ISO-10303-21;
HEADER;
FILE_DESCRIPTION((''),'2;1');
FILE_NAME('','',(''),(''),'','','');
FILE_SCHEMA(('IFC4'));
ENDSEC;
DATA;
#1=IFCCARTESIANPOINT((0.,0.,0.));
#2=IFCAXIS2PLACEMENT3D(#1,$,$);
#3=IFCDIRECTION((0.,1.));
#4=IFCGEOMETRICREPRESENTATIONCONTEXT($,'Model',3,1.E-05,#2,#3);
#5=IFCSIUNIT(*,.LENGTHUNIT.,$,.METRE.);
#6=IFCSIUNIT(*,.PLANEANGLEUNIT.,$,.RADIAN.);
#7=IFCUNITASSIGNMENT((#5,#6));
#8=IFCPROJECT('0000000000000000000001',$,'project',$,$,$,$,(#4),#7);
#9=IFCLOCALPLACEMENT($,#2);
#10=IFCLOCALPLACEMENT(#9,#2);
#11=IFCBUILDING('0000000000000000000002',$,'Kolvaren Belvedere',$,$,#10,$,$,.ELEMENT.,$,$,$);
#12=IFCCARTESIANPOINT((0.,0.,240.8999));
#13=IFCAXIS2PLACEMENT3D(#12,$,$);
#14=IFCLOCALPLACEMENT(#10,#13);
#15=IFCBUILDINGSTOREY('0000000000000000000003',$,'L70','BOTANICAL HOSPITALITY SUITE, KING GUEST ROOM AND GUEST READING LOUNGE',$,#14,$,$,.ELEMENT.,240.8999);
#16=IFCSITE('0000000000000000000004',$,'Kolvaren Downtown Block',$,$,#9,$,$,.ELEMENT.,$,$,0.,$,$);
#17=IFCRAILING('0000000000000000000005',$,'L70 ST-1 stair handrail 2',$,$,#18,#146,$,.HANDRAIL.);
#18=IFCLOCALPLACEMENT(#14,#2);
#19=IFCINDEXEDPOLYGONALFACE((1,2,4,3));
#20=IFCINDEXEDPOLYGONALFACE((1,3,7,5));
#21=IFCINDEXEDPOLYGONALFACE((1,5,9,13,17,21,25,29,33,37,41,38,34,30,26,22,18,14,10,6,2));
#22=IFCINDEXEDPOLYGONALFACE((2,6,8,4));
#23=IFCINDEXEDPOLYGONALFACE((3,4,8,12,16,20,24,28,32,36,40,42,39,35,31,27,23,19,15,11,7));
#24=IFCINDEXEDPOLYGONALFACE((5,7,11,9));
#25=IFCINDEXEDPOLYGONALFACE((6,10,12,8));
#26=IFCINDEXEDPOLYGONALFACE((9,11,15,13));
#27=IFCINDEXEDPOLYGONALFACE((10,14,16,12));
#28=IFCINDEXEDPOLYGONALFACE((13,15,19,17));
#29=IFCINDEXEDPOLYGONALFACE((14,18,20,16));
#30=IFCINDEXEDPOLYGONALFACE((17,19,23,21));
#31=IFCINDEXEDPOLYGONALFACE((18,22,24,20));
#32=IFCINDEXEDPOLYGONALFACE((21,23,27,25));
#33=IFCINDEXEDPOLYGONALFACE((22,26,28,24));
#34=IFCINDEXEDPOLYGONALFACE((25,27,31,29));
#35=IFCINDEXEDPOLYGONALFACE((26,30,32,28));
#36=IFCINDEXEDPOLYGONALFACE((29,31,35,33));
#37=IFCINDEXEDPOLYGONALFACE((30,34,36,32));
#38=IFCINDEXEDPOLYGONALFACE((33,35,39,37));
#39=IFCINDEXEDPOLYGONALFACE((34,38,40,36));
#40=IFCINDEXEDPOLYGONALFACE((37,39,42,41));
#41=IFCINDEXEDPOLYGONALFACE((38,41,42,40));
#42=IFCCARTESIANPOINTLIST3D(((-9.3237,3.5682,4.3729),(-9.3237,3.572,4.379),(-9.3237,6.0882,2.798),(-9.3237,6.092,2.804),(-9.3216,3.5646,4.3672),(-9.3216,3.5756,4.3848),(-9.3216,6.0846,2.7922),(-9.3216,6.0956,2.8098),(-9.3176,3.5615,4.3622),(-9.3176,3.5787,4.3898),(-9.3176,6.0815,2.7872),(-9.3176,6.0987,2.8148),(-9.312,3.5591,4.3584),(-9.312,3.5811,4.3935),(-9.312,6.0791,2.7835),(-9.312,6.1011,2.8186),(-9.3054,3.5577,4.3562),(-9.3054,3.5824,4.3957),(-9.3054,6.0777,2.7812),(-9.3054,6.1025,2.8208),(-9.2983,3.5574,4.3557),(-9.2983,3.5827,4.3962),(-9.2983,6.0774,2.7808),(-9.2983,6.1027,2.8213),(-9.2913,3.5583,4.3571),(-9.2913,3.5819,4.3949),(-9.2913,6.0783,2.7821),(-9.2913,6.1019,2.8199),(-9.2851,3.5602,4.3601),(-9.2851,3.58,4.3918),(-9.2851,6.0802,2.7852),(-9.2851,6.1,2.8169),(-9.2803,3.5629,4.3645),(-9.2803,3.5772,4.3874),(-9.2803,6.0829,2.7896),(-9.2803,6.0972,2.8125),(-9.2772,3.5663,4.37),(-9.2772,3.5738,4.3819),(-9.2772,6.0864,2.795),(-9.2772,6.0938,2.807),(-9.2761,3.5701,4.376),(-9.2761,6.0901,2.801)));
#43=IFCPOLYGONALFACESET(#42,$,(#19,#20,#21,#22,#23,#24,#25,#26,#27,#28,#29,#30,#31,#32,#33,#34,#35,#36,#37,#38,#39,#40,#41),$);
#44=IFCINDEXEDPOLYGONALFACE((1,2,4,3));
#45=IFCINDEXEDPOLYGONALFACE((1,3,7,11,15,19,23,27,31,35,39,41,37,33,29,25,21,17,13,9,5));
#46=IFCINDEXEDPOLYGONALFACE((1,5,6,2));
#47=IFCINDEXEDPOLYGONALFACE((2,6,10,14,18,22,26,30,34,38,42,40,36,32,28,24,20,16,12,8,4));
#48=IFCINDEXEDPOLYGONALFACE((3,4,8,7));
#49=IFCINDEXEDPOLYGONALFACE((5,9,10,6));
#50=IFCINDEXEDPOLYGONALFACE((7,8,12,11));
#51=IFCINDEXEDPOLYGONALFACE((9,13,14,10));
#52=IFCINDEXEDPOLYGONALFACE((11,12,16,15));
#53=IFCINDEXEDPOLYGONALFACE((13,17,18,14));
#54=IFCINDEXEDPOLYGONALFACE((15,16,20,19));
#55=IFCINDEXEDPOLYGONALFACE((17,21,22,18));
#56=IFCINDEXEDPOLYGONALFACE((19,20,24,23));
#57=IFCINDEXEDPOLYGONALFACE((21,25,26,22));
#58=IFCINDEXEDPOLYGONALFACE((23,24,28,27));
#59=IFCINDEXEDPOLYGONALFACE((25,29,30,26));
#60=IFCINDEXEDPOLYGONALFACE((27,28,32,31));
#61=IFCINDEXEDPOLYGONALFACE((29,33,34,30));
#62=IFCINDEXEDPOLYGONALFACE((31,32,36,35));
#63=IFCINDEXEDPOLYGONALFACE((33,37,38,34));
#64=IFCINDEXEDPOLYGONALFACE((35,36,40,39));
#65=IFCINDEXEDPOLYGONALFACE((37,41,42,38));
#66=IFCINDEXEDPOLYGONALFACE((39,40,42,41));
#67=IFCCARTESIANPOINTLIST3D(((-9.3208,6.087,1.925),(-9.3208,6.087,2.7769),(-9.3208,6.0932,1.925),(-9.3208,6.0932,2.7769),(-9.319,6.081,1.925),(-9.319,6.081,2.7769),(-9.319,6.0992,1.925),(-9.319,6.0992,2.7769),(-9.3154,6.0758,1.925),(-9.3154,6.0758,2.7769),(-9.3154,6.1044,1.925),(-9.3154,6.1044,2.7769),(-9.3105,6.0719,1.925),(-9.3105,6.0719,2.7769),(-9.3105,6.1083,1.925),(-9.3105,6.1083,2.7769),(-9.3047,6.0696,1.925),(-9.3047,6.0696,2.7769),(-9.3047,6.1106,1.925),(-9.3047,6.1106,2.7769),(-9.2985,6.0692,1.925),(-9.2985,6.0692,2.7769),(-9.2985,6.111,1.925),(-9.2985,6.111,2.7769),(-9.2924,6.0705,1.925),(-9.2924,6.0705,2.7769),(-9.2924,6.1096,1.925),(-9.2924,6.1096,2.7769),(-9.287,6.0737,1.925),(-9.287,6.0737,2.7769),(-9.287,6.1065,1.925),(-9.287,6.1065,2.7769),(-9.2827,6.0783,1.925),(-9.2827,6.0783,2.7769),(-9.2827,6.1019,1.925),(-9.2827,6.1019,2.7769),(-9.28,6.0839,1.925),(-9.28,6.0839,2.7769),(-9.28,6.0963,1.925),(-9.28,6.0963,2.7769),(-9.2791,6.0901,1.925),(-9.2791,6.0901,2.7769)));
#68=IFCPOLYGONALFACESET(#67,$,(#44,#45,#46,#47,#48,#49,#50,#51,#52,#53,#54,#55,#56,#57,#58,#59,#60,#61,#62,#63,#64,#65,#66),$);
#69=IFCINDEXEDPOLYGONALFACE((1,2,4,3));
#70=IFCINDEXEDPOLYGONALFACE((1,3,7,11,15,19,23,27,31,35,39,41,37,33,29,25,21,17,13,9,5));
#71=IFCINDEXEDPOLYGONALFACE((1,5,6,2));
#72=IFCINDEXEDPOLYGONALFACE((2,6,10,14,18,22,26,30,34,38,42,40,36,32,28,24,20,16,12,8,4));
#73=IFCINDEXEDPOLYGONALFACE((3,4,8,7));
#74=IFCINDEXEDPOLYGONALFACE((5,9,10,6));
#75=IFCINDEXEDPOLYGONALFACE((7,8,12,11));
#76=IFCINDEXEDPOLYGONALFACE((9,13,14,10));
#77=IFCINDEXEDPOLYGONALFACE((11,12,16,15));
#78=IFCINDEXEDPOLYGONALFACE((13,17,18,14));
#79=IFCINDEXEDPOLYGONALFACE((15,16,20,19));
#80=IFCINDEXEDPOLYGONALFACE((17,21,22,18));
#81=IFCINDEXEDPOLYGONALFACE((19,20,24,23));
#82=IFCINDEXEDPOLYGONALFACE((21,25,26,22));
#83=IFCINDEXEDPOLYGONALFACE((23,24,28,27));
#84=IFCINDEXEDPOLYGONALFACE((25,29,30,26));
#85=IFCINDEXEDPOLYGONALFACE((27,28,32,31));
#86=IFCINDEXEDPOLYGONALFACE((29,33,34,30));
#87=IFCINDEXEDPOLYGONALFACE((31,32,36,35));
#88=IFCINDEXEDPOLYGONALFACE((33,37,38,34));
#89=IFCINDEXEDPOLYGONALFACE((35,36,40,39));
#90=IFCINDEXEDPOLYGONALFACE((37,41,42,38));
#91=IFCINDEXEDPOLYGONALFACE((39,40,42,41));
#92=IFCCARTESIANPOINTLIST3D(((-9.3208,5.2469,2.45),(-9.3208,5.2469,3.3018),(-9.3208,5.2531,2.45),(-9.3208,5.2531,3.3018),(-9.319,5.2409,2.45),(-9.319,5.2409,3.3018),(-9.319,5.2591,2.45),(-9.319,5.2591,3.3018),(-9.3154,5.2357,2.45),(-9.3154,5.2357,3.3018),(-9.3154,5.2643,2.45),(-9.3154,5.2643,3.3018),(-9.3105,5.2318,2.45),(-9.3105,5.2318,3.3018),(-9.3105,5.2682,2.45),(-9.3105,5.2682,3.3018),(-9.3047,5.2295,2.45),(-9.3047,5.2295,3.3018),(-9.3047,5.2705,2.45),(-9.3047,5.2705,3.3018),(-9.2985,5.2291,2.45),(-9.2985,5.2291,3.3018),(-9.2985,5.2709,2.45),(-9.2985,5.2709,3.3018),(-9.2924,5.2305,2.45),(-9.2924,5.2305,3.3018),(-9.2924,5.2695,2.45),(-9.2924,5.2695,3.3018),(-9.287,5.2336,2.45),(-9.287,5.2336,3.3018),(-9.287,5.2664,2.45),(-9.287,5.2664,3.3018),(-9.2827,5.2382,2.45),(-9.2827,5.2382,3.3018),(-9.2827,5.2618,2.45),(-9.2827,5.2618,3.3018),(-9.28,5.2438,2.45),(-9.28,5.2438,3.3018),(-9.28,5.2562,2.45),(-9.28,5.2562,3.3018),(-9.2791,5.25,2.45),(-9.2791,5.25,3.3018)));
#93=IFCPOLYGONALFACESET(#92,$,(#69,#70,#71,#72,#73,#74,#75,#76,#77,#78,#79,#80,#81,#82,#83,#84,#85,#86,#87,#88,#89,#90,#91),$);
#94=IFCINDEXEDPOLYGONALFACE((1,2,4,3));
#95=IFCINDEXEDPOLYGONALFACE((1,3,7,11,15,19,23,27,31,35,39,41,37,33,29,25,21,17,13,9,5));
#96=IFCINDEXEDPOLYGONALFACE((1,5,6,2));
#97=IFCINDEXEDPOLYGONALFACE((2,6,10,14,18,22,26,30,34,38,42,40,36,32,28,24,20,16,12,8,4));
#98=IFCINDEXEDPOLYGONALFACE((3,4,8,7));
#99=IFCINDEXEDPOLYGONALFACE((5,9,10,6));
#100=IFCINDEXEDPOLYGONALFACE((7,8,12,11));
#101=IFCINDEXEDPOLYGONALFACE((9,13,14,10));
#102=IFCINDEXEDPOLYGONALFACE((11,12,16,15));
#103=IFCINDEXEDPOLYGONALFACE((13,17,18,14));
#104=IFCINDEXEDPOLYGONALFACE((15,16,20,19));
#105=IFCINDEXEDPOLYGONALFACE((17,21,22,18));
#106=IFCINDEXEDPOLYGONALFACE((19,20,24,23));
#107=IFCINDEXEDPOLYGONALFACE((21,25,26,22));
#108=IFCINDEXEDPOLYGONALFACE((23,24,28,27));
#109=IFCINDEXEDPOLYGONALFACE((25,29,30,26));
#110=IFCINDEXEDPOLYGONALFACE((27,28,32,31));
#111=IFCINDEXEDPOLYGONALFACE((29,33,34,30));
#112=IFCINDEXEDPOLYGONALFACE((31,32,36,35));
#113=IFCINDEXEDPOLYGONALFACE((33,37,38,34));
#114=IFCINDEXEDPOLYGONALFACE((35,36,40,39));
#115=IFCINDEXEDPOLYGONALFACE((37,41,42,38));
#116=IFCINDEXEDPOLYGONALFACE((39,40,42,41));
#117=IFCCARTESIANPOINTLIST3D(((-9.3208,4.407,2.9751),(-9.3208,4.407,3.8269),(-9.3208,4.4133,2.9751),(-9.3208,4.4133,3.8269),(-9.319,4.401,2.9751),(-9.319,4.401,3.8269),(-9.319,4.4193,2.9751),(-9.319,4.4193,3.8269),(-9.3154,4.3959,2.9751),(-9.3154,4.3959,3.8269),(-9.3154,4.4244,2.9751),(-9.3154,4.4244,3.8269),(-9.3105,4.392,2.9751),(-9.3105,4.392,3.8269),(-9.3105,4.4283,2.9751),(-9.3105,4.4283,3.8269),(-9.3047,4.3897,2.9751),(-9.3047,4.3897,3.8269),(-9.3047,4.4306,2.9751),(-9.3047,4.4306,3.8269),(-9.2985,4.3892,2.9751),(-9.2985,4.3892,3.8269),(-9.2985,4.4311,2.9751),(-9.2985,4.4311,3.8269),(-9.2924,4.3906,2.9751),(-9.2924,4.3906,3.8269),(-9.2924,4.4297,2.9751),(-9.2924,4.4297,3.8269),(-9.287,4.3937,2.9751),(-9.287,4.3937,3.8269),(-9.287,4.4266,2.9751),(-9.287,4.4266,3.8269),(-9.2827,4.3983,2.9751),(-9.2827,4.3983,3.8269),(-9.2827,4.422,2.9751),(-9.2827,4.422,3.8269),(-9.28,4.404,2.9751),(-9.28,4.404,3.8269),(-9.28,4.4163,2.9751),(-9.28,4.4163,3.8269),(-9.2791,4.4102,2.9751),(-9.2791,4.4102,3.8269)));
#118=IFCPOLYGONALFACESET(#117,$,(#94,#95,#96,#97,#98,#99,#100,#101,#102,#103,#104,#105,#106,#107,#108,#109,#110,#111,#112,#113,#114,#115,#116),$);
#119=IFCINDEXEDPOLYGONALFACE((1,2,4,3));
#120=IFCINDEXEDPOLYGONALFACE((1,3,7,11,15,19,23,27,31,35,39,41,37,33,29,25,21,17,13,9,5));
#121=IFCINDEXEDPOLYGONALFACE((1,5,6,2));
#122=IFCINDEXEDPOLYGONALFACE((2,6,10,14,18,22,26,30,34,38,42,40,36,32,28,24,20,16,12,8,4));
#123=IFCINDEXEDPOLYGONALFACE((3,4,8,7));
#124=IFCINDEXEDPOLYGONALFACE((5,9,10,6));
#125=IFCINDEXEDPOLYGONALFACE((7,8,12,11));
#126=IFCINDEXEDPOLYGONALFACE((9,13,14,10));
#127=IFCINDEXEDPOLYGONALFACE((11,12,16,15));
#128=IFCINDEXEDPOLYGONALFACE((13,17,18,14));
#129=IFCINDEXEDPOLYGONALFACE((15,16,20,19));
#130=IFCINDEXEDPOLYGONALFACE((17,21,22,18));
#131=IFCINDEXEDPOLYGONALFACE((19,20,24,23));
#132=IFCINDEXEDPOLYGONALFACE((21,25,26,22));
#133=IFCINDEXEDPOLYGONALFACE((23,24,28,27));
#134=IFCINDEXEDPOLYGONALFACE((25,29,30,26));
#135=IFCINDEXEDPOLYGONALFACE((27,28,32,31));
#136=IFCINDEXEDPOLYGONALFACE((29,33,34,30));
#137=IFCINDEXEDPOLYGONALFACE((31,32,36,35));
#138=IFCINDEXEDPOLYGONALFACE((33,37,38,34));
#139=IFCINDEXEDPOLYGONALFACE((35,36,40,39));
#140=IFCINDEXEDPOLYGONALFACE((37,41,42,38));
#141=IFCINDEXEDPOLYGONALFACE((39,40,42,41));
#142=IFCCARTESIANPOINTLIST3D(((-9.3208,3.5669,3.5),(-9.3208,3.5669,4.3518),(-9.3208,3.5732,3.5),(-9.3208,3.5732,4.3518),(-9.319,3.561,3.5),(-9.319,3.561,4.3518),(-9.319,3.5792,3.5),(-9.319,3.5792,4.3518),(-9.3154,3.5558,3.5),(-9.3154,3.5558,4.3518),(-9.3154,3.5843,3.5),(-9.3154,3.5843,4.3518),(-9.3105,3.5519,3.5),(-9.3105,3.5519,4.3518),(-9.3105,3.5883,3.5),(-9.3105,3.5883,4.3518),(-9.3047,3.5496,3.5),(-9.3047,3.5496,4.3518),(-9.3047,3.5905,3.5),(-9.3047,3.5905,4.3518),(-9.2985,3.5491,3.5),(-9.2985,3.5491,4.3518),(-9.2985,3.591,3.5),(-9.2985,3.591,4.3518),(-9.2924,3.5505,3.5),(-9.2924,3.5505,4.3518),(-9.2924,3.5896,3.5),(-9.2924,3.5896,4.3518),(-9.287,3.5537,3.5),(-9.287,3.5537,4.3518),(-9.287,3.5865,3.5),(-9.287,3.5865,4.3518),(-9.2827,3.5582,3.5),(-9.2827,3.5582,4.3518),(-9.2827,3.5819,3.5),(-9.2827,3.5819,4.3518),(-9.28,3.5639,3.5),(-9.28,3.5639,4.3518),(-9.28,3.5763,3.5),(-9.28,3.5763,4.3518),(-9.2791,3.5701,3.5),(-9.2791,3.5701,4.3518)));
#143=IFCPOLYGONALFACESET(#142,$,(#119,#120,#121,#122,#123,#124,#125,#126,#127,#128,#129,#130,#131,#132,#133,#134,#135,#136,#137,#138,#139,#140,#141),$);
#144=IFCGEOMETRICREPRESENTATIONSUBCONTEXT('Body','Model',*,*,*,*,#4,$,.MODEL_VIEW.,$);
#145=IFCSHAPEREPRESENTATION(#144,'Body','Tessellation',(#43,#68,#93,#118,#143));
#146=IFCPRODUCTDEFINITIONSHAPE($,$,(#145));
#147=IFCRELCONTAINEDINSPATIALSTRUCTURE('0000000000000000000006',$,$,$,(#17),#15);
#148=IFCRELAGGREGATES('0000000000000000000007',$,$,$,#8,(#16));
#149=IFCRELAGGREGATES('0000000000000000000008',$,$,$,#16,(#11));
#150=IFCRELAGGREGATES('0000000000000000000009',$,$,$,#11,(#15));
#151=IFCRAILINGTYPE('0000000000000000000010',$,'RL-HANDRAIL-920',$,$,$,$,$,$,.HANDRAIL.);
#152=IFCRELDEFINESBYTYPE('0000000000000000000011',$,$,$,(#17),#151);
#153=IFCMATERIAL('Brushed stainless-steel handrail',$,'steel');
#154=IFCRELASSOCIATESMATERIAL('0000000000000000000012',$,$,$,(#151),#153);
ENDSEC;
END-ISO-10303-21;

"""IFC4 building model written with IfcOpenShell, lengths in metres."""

from ifc_helpers import new_model, si_unit, direction, frame, origin, origin_2d, place, context, subcontext, project, spatial, circle, extrude, material, type_object, element, save


model = new_model("IFC4")

# Units and contexts
model_context = context("Model", 3, precision=1e-05, world=origin(), true_north=direction((0.0, 1.0)))
body_context = subcontext(model_context, "Body", "Model", "MODEL_VIEW")
ifc_project = project(units=[si_unit("LENGTHUNIT", "METRE"), si_unit("PLANEANGLEUNIT", "RADIAN")], contexts=[model_context])

# Site, building, storey
site_placement = place(None, origin())
site = spatial("IfcSite", under=ifc_project, at=site_placement, Name="Kolvaren Downtown Block", CompositionType="ELEMENT", RefElevation=0.0)
building_placement = place(site_placement, origin())
building = spatial("IfcBuilding", under=site, at=building_placement, Name="Kolvaren Belvedere", CompositionType="ELEMENT")
storey_placement = place(building_placement, frame((0.0, 0.0, 240.8999)))
storey = spatial("IfcBuildingStorey", under=building, at=storey_placement, Name="L70", Description="BOTANICAL HOSPITALITY SUITE, KING GUEST ROOM AND GUEST READING LOUNGE", CompositionType="ELEMENT", Elevation=240.8999)

# Railing
ifc_material_1 = material(Name="Brushed stainless-steel handrail", Category="steel")
railing_type_1 = type_object("IfcRailingType", Name="RL-HANDRAIL-920", PredefinedType="HANDRAIL", material=ifc_material_1)
railing_1_placement = place(storey_placement, frame((-9.3, 6.0901, 1.925)))
element("IfcRailing", 1, at=railing_1_placement, inside=storey, type_object=railing_type_1, Name="L70 ST-1 stair handrail 2", PredefinedType="HANDRAIL", context=body_context, shape_type="SweptSolid", body=[
    extrude(circle(Radius=0.0239, at=origin_2d()), frame((0.0, 0.0, 0.876), z_axis=(0.0, -0.848008, 0.529984), x_axis=(1.0, 0.0, 0.0)), (0.0, 0.0, 1.0), 2.9717),
    extrude(circle(Radius=0.021, at=origin_2d()), origin(), (0.0, 0.0, 1.0), 0.8518),
    extrude(circle(Radius=0.021, at=origin_2d()), frame((0.0, -0.8401, 0.5249)), (0.0, 0.0, 1.0), 0.8518),
    extrude(circle(Radius=0.021, at=origin_2d()), frame((0.0, -1.6799, 1.05)), (0.0, 0.0, 1.0), 0.8518),
    extrude(circle(Radius=0.021, at=origin_2d()), frame((0.0, -2.52, 1.575)), (0.0, 0.0, 1.0), 0.8518),
])

save(model, "model.ifc")
